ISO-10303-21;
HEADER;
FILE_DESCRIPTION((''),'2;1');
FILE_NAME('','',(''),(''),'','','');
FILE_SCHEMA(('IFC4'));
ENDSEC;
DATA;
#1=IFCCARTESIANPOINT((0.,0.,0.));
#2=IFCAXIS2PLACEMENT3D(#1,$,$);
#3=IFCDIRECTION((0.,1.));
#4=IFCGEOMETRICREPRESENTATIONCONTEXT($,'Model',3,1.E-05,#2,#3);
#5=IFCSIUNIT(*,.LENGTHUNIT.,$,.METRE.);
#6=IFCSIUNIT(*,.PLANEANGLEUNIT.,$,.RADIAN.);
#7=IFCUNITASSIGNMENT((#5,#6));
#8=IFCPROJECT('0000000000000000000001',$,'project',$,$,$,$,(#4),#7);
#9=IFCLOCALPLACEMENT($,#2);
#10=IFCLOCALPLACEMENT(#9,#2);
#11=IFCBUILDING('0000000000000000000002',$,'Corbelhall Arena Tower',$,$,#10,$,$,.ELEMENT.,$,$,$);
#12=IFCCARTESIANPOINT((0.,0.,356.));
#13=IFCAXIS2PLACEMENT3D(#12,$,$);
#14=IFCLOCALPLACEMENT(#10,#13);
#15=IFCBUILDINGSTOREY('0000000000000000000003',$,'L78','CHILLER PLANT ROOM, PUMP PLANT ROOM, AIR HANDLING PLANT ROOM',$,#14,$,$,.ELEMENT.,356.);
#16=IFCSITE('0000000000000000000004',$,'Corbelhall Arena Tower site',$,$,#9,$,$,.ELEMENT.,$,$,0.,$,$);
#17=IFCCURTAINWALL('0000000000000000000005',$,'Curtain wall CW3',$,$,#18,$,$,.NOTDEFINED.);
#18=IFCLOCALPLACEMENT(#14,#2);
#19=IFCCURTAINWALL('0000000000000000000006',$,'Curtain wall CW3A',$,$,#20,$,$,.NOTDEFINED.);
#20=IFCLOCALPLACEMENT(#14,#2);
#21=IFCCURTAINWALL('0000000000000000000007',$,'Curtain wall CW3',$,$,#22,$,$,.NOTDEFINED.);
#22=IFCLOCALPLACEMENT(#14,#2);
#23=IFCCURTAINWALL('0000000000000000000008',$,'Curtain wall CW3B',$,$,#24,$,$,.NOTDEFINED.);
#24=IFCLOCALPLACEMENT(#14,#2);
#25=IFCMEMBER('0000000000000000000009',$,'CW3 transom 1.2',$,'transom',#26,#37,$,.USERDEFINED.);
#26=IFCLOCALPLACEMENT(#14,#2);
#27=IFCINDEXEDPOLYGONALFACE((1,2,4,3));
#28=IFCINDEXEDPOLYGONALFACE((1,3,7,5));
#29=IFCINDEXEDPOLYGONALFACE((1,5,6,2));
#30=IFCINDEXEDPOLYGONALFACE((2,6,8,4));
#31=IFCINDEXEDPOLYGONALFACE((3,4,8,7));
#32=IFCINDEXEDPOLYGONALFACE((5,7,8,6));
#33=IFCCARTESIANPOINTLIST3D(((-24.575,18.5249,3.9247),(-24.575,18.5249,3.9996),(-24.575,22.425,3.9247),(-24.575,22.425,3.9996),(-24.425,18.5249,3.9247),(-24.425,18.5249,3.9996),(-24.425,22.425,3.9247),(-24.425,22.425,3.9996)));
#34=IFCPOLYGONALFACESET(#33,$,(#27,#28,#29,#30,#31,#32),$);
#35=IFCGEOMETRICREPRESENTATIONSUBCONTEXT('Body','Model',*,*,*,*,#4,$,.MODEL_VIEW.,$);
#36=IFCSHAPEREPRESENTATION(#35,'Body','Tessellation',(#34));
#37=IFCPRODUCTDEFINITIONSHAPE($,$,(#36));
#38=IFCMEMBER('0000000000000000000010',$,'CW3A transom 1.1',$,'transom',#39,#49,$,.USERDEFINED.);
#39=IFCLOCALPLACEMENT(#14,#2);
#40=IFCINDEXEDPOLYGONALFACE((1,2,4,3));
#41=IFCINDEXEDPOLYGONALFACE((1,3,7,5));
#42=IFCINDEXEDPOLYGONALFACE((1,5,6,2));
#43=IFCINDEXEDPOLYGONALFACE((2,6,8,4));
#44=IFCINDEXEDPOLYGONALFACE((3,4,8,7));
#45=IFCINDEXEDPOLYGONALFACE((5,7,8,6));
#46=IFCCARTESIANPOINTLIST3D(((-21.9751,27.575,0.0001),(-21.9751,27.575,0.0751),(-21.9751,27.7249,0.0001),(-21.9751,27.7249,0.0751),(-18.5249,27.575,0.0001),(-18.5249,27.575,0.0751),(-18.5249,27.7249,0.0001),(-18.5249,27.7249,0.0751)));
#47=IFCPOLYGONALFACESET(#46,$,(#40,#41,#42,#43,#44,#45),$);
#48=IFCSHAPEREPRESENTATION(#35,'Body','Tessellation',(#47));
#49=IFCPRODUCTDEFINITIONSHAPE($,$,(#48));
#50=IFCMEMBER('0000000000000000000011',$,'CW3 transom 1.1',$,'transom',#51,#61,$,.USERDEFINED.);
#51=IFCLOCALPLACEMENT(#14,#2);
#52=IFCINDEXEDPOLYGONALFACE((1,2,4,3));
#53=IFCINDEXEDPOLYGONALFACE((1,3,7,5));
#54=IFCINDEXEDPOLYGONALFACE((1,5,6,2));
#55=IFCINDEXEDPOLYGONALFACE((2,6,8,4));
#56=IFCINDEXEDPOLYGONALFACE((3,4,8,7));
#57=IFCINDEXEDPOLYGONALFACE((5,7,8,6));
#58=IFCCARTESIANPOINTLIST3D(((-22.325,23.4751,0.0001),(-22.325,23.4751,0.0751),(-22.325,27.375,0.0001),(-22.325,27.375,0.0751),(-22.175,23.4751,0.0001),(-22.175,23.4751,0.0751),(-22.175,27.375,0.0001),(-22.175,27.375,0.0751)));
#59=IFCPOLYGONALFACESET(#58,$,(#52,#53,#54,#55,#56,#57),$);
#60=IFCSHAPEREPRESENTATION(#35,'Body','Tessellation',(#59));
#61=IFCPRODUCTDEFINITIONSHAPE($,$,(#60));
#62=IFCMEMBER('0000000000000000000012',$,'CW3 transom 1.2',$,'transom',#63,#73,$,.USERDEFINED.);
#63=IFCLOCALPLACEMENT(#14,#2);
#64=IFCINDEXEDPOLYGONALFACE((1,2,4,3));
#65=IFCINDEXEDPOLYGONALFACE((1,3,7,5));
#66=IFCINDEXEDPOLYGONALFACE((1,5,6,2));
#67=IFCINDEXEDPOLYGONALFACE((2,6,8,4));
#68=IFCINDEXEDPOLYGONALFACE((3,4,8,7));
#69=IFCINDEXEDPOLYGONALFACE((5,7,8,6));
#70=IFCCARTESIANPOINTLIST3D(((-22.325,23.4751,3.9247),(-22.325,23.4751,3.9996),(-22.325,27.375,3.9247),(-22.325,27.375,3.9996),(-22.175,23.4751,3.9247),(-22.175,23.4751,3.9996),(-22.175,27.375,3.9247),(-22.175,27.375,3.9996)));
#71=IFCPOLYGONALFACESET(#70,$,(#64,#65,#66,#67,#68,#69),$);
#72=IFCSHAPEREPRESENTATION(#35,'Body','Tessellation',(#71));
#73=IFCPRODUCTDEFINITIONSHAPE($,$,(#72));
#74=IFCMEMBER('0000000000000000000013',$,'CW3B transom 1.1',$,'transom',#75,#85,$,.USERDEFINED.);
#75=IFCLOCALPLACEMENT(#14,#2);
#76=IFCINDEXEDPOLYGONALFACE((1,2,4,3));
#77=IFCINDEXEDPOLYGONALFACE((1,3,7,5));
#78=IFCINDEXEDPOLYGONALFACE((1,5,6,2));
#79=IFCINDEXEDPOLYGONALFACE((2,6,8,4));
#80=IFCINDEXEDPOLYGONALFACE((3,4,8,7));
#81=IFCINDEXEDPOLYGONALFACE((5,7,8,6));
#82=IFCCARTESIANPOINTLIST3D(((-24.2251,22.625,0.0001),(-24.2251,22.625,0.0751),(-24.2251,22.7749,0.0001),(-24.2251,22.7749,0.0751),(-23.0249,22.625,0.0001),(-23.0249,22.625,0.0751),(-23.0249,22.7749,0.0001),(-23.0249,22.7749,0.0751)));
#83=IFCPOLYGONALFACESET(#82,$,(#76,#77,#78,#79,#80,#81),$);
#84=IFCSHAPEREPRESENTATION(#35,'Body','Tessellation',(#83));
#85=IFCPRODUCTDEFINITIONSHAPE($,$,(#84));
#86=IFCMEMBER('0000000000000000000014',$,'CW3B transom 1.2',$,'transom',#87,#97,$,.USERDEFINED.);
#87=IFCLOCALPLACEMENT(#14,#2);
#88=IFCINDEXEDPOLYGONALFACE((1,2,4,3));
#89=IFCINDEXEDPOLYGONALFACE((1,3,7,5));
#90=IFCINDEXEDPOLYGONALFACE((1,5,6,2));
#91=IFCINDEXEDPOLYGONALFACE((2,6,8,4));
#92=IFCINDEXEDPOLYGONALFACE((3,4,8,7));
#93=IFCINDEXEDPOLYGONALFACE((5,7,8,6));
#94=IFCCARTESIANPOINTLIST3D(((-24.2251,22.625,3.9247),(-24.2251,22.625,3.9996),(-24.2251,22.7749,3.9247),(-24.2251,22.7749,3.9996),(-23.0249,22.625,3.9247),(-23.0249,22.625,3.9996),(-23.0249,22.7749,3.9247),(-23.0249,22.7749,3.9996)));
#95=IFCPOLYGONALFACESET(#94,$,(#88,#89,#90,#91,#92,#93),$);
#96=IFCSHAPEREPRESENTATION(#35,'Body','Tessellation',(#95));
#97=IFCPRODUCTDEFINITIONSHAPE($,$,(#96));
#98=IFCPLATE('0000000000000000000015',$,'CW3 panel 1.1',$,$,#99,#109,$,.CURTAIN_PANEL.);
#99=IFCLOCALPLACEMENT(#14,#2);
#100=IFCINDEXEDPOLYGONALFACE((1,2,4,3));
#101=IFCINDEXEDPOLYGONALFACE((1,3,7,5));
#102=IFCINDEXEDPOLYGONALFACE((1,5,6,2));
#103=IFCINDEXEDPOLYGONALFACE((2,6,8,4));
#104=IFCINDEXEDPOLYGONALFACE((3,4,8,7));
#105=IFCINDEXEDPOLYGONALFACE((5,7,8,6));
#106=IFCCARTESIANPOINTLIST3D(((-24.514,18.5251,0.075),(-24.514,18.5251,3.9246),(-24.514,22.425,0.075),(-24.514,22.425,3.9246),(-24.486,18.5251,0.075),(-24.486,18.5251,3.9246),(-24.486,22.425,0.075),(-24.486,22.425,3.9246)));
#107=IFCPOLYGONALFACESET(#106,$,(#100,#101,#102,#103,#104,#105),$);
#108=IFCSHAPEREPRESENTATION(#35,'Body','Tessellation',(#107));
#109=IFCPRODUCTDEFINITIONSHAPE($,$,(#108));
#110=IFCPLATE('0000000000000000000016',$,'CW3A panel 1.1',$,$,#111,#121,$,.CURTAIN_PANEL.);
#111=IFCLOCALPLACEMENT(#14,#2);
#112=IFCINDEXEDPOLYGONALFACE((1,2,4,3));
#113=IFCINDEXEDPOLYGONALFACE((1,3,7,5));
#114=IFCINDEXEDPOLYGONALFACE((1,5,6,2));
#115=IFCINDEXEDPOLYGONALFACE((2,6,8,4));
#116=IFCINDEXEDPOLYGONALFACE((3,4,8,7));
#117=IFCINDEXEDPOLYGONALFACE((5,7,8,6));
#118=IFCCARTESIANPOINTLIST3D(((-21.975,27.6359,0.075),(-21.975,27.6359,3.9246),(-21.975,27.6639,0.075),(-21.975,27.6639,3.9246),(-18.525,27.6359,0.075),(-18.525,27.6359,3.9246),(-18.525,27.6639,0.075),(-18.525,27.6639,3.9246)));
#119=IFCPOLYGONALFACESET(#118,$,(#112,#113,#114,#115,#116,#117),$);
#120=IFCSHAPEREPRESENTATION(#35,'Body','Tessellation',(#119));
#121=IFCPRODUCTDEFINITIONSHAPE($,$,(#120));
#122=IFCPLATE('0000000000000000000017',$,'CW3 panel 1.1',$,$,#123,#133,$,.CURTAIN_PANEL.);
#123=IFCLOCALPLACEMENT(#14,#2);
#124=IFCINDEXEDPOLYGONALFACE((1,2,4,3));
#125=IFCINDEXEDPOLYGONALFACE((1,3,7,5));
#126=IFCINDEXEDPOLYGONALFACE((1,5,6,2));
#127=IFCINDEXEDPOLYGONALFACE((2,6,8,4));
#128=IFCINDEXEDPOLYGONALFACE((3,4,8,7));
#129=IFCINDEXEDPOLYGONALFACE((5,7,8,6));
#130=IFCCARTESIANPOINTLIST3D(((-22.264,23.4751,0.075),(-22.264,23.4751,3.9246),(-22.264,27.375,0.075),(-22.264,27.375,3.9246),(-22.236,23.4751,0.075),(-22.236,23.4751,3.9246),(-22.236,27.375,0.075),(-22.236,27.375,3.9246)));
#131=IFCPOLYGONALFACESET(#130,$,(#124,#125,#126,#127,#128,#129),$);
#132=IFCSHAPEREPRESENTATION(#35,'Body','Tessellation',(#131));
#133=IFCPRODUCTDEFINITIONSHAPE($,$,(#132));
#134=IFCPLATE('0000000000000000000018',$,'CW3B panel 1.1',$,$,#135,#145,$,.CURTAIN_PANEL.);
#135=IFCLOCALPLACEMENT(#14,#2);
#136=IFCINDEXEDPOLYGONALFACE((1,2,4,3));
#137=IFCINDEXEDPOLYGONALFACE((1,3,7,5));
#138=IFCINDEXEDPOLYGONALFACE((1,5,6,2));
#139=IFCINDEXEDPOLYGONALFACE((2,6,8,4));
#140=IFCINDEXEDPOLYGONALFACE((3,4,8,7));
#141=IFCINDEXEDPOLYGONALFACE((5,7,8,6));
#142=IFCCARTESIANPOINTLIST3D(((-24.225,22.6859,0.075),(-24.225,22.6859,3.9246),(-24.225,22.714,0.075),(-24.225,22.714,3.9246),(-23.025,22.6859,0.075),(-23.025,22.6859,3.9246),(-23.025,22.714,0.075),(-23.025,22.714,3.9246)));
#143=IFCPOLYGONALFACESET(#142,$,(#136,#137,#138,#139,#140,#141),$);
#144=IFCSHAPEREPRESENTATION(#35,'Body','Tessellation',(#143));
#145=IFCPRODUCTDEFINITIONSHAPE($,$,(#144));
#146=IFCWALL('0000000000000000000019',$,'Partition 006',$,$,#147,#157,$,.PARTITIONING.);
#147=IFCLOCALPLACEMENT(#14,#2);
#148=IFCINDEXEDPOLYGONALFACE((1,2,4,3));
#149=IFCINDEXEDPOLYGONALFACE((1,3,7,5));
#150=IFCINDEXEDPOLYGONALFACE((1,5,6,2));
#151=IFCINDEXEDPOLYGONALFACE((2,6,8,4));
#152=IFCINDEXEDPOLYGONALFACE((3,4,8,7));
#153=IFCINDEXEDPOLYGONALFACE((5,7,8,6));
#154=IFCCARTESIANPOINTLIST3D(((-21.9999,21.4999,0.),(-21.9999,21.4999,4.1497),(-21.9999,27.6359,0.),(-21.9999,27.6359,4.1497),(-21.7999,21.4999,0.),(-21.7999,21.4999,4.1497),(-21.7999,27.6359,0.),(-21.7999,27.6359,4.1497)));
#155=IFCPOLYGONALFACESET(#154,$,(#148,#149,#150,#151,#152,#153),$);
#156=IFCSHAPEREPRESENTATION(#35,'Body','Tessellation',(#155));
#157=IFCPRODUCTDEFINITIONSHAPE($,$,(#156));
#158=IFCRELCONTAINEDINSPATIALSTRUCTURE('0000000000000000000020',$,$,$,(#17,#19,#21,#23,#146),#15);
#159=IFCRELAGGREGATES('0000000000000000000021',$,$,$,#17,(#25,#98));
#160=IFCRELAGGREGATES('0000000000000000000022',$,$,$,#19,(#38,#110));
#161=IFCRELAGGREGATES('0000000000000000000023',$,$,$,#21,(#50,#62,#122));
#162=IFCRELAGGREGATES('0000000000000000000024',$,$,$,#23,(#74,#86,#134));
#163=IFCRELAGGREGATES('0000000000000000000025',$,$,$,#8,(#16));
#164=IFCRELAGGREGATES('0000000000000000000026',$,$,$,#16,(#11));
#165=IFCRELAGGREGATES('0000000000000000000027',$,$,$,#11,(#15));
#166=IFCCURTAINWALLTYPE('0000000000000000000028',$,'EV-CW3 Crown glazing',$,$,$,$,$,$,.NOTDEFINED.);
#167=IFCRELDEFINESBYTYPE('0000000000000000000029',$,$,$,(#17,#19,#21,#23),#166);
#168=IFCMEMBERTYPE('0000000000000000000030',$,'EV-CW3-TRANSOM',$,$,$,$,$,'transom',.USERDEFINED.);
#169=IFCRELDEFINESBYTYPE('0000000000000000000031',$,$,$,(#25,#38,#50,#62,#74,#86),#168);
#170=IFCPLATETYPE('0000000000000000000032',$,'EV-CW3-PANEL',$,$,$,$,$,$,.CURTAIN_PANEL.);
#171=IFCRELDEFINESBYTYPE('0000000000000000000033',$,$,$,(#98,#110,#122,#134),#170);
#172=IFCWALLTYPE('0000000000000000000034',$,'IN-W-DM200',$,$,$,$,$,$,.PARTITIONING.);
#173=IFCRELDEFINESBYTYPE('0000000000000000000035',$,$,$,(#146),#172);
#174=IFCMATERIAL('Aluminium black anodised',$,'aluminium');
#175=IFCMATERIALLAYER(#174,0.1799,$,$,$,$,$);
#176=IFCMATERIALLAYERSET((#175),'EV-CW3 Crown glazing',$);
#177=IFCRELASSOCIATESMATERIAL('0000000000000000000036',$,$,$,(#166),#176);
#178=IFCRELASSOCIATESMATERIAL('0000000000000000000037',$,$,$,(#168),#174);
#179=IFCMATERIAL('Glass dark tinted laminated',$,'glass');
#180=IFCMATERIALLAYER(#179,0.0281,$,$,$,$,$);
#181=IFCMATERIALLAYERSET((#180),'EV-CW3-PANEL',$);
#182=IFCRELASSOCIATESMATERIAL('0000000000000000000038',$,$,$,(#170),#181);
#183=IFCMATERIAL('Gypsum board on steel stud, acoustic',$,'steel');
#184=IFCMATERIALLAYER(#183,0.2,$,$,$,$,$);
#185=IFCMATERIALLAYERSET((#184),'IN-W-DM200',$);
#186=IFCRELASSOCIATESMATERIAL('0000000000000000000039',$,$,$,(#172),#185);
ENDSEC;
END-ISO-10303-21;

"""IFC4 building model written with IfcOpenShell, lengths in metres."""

from ifc_helpers import new_model, si_unit, direction, frame, frame_2d, origin, origin_2d, place, context, subcontext, project, spatial, rectangle, extrude, material, layer, layer_set, material_profile, profile_set, type_object, element, aggregate, save


model = new_model("IFC4")

# Units and contexts
model_context = context("Model", 3, precision=1e-05, world=origin(), true_north=direction((0.0, 1.0)))
body_context = subcontext(model_context, "Body", "Model", "MODEL_VIEW")
ifc_project = project(units=[si_unit("LENGTHUNIT", "METRE"), si_unit("PLANEANGLEUNIT", "RADIAN")], contexts=[model_context])

# Site, building, storey
site_placement = place(None, origin())
site = spatial("IfcSite", under=ifc_project, at=site_placement, Name="Corbelhall Arena Tower site", CompositionType="ELEMENT", RefElevation=0.0)
building_placement = place(site_placement, origin())
building = spatial("IfcBuilding", under=site, at=building_placement, Name="Corbelhall Arena Tower", CompositionType="ELEMENT")
storey_placement = place(building_placement, frame((0.0, 0.0, 356.0)))
storey = spatial("IfcBuildingStorey", under=building, at=storey_placement, Name="L78", Description="CHILLER PLANT ROOM, PUMP PLANT ROOM, AIR HANDLING PLANT ROOM", CompositionType="ELEMENT", Elevation=356.0)

# Curtain wall
ifc_material_1 = material(Name="Aluminium black anodised", Category="aluminium")
ifc_layer_1 = layer(ifc_material_1, 0.1799)
ifc_layer_set_1 = layer_set([ifc_layer_1], Name="EV-CW3 Crown glazing")
curtain_wall_type = type_object("IfcCurtainWallType", Name="EV-CW3 Crown glazing", PredefinedType="NOTDEFINED", material=ifc_layer_set_1)
curtain_wall_1_placement = place(storey_placement, origin())
curtain_wall_1 = element("IfcCurtainWall", 1, at=curtain_wall_1_placement, inside=storey, type_object=curtain_wall_type, Name="Curtain wall CW3", PredefinedType="NOTDEFINED")

# Curtain wall
curtain_wall_2_placement = place(storey_placement, origin())
curtain_wall_2 = element("IfcCurtainWall", 2, at=curtain_wall_2_placement, inside=storey, type_object=curtain_wall_type, Name="Curtain wall CW3A", PredefinedType="NOTDEFINED")

# Curtain walls
curtain_wall_3_placement = place(storey_placement, origin())
curtain_wall_3 = element("IfcCurtainWall", 3, at=curtain_wall_3_placement, inside=storey, type_object=curtain_wall_type, Name="Curtain wall CW3", PredefinedType="NOTDEFINED")
curtain_wall_4_placement = place(storey_placement, origin())
curtain_wall_4 = element("IfcCurtainWall", 4, at=curtain_wall_4_placement, inside=storey, type_object=curtain_wall_type, Name="Curtain wall CW3B", PredefinedType="NOTDEFINED")

# Members
ifc_material_profile_1 = material_profile(ifc_material_1, rectangle(XDim=0.1499, YDim=0.075, at=origin_2d()))
ifc_profile_set_1 = profile_set([ifc_material_profile_1], Name="Aluminium black anodised")
member_type_1 = type_object("IfcMemberType", Name="EV-CW3-TRANSOM", ElementType="transom", PredefinedType="USERDEFINED", material=ifc_profile_set_1)
member_1_placement = place(storey_placement, frame((-24.5, 22.425, 3.9622), z_axis=(0.0, -1.0, 0.0), x_axis=(1.0, 0.0, 0.0)))
member_1 = element("IfcMember", 5, at=member_1_placement, type_object=member_type_1, Name="CW3 transom 1.2", ObjectType="transom", PredefinedType="USERDEFINED", context=body_context, shape_type="SweptSolid", body=[
    extrude(rectangle(XDim=0.1499, YDim=0.075, at=origin_2d()), origin(), (0.0, 0.0, 1.0), 3.9001),
])
member_2_placement = place(storey_placement, frame((-18.5249, 27.6499, 0.0376), z_axis=(-1.0, 0.0, 0.0), x_axis=(0.0, -1.0, 0.0)))
member_2 = element("IfcMember", 6, at=member_2_placement, type_object=member_type_1, Name="CW3A transom 1.1", ObjectType="transom", PredefinedType="USERDEFINED", context=body_context, shape_type="SweptSolid", body=[
    extrude(rectangle(XDim=0.1499, YDim=0.075, at=origin_2d()), origin(), (0.0, 0.0, 1.0), 3.4502),
])
member_3_placement = place(storey_placement, frame((-22.25, 27.375, 0.0376), z_axis=(0.0, -1.0, 0.0), x_axis=(1.0, 0.0, 0.0)))
member_3 = element("IfcMember", 7, at=member_3_placement, type_object=member_type_1, Name="CW3 transom 1.1", ObjectType="transom", PredefinedType="USERDEFINED", context=body_context, shape_type="SweptSolid", body=[
    extrude(rectangle(XDim=0.1499, YDim=0.075, at=origin_2d()), origin(), (0.0, 0.0, 1.0), 3.8999),
])
member_4_placement = place(storey_placement, frame((-22.25, 27.375, 3.9622), z_axis=(0.0, -1.0, 0.0), x_axis=(1.0, 0.0, 0.0)))
member_4 = element("IfcMember", 8, at=member_4_placement, type_object=member_type_1, Name="CW3 transom 1.2", ObjectType="transom", PredefinedType="USERDEFINED", context=body_context, shape_type="SweptSolid", body=[
    extrude(rectangle(XDim=0.1499, YDim=0.075, at=origin_2d()), origin(), (0.0, 0.0, 1.0), 3.8999),
])
member_5_placement = place(storey_placement, frame((-23.0249, 22.7, 0.0376), z_axis=(-1.0, 0.0, 0.0), x_axis=(0.0, -1.0, 0.0)))
member_5 = element("IfcMember", 9, at=member_5_placement, type_object=member_type_1, Name="CW3B transom 1.1", ObjectType="transom", PredefinedType="USERDEFINED", context=body_context, shape_type="SweptSolid", body=[
    extrude(rectangle(XDim=0.1499, YDim=0.075, at=origin_2d()), origin(), (0.0, 0.0, 1.0), 1.2002),
])
member_6_placement = place(storey_placement, frame((-23.0249, 22.7, 3.9622), z_axis=(-1.0, 0.0, 0.0), x_axis=(0.0, -1.0, 0.0)))
member_6 = element("IfcMember", 10, at=member_6_placement, type_object=member_type_1, Name="CW3B transom 1.2", ObjectType="transom", PredefinedType="USERDEFINED", context=body_context, shape_type="SweptSolid", body=[
    extrude(rectangle(XDim=0.1499, YDim=0.075, at=origin_2d()), origin(), (0.0, 0.0, 1.0), 1.2002),
])

# Plates
ifc_material_2 = material(Name="Glass dark tinted laminated", Category="glass")
ifc_layer_2 = layer(ifc_material_2, 0.0281)
ifc_layer_set_2 = layer_set([ifc_layer_2], Name="EV-CW3-PANEL")
plate_type = type_object("IfcPlateType", Name="EV-CW3-PANEL", PredefinedType="CURTAIN_PANEL", material=ifc_layer_set_2)
plate_1_placement = place(storey_placement, frame((-24.5, 20.4751, 0.075), z_axis=(0.0, 0.0, 1.0), x_axis=(0.0, -1.0, 0.0)))
plate_1 = element("IfcPlate", 11, at=plate_1_placement, type_object=plate_type, Name="CW3 panel 1.1", PredefinedType="CURTAIN_PANEL", context=body_context, shape_type="SweptSolid", body=[
    extrude(rectangle(XDim=3.8999, YDim=0.0281, at=origin_2d()), origin(), (0.0, 0.0, 1.0), 3.8496),
])
aggregate(curtain_wall_1, [member_1, plate_1])
plate_2_placement = place(storey_placement, frame((-20.25, 27.6499, 0.075), z_axis=(0.0, 0.0, 1.0), x_axis=(-1.0, 0.0, 0.0)))
plate_2 = element("IfcPlate", 12, at=plate_2_placement, type_object=plate_type, Name="CW3A panel 1.1", PredefinedType="CURTAIN_PANEL", context=body_context, shape_type="SweptSolid", body=[
    extrude(rectangle(XDim=3.45, YDim=0.0281, at=origin_2d()), origin(), (0.0, 0.0, 1.0), 3.8496),
])
aggregate(curtain_wall_2, [member_2, plate_2])
plate_3_placement = place(storey_placement, frame((-22.25, 25.425, 0.075), z_axis=(0.0, 0.0, 1.0), x_axis=(0.0, -1.0, 0.0)))
plate_3 = element("IfcPlate", 13, at=plate_3_placement, type_object=plate_type, Name="CW3 panel 1.1", PredefinedType="CURTAIN_PANEL", context=body_context, shape_type="SweptSolid", body=[
    extrude(rectangle(XDim=3.8999, YDim=0.0281, at=origin_2d()), origin(), (0.0, 0.0, 1.0), 3.8496),
])
aggregate(curtain_wall_3, [member_3, member_4, plate_3])
plate_4_placement = place(storey_placement, frame((-23.625, 22.7, 0.075), z_axis=(0.0, 0.0, 1.0), x_axis=(-1.0, 0.0, 0.0)))
plate_4 = element("IfcPlate", 14, at=plate_4_placement, type_object=plate_type, Name="CW3B panel 1.1", PredefinedType="CURTAIN_PANEL", context=body_context, shape_type="SweptSolid", body=[
    extrude(rectangle(XDim=1.2, YDim=0.0281, at=origin_2d()), origin(), (0.0, 0.0, 1.0), 3.8496),
])
aggregate(curtain_wall_4, [member_5, member_6, plate_4])

# Wall
ifc_material_3 = material(Name="Gypsum board on steel stud, acoustic", Category="steel")
ifc_layer_3 = layer(ifc_material_3, 0.2)
ifc_layer_set_3 = layer_set([ifc_layer_3], Name="IN-W-DM200")
wall_type_1 = type_object("IfcWallType", Name="IN-W-DM200", PredefinedType="PARTITIONING", material=ifc_layer_set_3)
wall_1_placement = place(storey_placement, frame((-21.8999, 21.5, 0.0), z_axis=(0.0, 0.0, 1.0), x_axis=(0.0, 1.0, 0.0)))
element("IfcWall", 15, at=wall_1_placement, inside=storey, type_object=wall_type_1, Name="Partition 006", PredefinedType="PARTITIONING", context=body_context, shape_type="SweptSolid", body=[
    extrude(rectangle(XDim=6.136, YDim=0.2, at=frame_2d((3.0679, 0.0))), origin(), (0.0, 0.0, 1.0), 4.1497),
])

save(model, "model.ifc")
